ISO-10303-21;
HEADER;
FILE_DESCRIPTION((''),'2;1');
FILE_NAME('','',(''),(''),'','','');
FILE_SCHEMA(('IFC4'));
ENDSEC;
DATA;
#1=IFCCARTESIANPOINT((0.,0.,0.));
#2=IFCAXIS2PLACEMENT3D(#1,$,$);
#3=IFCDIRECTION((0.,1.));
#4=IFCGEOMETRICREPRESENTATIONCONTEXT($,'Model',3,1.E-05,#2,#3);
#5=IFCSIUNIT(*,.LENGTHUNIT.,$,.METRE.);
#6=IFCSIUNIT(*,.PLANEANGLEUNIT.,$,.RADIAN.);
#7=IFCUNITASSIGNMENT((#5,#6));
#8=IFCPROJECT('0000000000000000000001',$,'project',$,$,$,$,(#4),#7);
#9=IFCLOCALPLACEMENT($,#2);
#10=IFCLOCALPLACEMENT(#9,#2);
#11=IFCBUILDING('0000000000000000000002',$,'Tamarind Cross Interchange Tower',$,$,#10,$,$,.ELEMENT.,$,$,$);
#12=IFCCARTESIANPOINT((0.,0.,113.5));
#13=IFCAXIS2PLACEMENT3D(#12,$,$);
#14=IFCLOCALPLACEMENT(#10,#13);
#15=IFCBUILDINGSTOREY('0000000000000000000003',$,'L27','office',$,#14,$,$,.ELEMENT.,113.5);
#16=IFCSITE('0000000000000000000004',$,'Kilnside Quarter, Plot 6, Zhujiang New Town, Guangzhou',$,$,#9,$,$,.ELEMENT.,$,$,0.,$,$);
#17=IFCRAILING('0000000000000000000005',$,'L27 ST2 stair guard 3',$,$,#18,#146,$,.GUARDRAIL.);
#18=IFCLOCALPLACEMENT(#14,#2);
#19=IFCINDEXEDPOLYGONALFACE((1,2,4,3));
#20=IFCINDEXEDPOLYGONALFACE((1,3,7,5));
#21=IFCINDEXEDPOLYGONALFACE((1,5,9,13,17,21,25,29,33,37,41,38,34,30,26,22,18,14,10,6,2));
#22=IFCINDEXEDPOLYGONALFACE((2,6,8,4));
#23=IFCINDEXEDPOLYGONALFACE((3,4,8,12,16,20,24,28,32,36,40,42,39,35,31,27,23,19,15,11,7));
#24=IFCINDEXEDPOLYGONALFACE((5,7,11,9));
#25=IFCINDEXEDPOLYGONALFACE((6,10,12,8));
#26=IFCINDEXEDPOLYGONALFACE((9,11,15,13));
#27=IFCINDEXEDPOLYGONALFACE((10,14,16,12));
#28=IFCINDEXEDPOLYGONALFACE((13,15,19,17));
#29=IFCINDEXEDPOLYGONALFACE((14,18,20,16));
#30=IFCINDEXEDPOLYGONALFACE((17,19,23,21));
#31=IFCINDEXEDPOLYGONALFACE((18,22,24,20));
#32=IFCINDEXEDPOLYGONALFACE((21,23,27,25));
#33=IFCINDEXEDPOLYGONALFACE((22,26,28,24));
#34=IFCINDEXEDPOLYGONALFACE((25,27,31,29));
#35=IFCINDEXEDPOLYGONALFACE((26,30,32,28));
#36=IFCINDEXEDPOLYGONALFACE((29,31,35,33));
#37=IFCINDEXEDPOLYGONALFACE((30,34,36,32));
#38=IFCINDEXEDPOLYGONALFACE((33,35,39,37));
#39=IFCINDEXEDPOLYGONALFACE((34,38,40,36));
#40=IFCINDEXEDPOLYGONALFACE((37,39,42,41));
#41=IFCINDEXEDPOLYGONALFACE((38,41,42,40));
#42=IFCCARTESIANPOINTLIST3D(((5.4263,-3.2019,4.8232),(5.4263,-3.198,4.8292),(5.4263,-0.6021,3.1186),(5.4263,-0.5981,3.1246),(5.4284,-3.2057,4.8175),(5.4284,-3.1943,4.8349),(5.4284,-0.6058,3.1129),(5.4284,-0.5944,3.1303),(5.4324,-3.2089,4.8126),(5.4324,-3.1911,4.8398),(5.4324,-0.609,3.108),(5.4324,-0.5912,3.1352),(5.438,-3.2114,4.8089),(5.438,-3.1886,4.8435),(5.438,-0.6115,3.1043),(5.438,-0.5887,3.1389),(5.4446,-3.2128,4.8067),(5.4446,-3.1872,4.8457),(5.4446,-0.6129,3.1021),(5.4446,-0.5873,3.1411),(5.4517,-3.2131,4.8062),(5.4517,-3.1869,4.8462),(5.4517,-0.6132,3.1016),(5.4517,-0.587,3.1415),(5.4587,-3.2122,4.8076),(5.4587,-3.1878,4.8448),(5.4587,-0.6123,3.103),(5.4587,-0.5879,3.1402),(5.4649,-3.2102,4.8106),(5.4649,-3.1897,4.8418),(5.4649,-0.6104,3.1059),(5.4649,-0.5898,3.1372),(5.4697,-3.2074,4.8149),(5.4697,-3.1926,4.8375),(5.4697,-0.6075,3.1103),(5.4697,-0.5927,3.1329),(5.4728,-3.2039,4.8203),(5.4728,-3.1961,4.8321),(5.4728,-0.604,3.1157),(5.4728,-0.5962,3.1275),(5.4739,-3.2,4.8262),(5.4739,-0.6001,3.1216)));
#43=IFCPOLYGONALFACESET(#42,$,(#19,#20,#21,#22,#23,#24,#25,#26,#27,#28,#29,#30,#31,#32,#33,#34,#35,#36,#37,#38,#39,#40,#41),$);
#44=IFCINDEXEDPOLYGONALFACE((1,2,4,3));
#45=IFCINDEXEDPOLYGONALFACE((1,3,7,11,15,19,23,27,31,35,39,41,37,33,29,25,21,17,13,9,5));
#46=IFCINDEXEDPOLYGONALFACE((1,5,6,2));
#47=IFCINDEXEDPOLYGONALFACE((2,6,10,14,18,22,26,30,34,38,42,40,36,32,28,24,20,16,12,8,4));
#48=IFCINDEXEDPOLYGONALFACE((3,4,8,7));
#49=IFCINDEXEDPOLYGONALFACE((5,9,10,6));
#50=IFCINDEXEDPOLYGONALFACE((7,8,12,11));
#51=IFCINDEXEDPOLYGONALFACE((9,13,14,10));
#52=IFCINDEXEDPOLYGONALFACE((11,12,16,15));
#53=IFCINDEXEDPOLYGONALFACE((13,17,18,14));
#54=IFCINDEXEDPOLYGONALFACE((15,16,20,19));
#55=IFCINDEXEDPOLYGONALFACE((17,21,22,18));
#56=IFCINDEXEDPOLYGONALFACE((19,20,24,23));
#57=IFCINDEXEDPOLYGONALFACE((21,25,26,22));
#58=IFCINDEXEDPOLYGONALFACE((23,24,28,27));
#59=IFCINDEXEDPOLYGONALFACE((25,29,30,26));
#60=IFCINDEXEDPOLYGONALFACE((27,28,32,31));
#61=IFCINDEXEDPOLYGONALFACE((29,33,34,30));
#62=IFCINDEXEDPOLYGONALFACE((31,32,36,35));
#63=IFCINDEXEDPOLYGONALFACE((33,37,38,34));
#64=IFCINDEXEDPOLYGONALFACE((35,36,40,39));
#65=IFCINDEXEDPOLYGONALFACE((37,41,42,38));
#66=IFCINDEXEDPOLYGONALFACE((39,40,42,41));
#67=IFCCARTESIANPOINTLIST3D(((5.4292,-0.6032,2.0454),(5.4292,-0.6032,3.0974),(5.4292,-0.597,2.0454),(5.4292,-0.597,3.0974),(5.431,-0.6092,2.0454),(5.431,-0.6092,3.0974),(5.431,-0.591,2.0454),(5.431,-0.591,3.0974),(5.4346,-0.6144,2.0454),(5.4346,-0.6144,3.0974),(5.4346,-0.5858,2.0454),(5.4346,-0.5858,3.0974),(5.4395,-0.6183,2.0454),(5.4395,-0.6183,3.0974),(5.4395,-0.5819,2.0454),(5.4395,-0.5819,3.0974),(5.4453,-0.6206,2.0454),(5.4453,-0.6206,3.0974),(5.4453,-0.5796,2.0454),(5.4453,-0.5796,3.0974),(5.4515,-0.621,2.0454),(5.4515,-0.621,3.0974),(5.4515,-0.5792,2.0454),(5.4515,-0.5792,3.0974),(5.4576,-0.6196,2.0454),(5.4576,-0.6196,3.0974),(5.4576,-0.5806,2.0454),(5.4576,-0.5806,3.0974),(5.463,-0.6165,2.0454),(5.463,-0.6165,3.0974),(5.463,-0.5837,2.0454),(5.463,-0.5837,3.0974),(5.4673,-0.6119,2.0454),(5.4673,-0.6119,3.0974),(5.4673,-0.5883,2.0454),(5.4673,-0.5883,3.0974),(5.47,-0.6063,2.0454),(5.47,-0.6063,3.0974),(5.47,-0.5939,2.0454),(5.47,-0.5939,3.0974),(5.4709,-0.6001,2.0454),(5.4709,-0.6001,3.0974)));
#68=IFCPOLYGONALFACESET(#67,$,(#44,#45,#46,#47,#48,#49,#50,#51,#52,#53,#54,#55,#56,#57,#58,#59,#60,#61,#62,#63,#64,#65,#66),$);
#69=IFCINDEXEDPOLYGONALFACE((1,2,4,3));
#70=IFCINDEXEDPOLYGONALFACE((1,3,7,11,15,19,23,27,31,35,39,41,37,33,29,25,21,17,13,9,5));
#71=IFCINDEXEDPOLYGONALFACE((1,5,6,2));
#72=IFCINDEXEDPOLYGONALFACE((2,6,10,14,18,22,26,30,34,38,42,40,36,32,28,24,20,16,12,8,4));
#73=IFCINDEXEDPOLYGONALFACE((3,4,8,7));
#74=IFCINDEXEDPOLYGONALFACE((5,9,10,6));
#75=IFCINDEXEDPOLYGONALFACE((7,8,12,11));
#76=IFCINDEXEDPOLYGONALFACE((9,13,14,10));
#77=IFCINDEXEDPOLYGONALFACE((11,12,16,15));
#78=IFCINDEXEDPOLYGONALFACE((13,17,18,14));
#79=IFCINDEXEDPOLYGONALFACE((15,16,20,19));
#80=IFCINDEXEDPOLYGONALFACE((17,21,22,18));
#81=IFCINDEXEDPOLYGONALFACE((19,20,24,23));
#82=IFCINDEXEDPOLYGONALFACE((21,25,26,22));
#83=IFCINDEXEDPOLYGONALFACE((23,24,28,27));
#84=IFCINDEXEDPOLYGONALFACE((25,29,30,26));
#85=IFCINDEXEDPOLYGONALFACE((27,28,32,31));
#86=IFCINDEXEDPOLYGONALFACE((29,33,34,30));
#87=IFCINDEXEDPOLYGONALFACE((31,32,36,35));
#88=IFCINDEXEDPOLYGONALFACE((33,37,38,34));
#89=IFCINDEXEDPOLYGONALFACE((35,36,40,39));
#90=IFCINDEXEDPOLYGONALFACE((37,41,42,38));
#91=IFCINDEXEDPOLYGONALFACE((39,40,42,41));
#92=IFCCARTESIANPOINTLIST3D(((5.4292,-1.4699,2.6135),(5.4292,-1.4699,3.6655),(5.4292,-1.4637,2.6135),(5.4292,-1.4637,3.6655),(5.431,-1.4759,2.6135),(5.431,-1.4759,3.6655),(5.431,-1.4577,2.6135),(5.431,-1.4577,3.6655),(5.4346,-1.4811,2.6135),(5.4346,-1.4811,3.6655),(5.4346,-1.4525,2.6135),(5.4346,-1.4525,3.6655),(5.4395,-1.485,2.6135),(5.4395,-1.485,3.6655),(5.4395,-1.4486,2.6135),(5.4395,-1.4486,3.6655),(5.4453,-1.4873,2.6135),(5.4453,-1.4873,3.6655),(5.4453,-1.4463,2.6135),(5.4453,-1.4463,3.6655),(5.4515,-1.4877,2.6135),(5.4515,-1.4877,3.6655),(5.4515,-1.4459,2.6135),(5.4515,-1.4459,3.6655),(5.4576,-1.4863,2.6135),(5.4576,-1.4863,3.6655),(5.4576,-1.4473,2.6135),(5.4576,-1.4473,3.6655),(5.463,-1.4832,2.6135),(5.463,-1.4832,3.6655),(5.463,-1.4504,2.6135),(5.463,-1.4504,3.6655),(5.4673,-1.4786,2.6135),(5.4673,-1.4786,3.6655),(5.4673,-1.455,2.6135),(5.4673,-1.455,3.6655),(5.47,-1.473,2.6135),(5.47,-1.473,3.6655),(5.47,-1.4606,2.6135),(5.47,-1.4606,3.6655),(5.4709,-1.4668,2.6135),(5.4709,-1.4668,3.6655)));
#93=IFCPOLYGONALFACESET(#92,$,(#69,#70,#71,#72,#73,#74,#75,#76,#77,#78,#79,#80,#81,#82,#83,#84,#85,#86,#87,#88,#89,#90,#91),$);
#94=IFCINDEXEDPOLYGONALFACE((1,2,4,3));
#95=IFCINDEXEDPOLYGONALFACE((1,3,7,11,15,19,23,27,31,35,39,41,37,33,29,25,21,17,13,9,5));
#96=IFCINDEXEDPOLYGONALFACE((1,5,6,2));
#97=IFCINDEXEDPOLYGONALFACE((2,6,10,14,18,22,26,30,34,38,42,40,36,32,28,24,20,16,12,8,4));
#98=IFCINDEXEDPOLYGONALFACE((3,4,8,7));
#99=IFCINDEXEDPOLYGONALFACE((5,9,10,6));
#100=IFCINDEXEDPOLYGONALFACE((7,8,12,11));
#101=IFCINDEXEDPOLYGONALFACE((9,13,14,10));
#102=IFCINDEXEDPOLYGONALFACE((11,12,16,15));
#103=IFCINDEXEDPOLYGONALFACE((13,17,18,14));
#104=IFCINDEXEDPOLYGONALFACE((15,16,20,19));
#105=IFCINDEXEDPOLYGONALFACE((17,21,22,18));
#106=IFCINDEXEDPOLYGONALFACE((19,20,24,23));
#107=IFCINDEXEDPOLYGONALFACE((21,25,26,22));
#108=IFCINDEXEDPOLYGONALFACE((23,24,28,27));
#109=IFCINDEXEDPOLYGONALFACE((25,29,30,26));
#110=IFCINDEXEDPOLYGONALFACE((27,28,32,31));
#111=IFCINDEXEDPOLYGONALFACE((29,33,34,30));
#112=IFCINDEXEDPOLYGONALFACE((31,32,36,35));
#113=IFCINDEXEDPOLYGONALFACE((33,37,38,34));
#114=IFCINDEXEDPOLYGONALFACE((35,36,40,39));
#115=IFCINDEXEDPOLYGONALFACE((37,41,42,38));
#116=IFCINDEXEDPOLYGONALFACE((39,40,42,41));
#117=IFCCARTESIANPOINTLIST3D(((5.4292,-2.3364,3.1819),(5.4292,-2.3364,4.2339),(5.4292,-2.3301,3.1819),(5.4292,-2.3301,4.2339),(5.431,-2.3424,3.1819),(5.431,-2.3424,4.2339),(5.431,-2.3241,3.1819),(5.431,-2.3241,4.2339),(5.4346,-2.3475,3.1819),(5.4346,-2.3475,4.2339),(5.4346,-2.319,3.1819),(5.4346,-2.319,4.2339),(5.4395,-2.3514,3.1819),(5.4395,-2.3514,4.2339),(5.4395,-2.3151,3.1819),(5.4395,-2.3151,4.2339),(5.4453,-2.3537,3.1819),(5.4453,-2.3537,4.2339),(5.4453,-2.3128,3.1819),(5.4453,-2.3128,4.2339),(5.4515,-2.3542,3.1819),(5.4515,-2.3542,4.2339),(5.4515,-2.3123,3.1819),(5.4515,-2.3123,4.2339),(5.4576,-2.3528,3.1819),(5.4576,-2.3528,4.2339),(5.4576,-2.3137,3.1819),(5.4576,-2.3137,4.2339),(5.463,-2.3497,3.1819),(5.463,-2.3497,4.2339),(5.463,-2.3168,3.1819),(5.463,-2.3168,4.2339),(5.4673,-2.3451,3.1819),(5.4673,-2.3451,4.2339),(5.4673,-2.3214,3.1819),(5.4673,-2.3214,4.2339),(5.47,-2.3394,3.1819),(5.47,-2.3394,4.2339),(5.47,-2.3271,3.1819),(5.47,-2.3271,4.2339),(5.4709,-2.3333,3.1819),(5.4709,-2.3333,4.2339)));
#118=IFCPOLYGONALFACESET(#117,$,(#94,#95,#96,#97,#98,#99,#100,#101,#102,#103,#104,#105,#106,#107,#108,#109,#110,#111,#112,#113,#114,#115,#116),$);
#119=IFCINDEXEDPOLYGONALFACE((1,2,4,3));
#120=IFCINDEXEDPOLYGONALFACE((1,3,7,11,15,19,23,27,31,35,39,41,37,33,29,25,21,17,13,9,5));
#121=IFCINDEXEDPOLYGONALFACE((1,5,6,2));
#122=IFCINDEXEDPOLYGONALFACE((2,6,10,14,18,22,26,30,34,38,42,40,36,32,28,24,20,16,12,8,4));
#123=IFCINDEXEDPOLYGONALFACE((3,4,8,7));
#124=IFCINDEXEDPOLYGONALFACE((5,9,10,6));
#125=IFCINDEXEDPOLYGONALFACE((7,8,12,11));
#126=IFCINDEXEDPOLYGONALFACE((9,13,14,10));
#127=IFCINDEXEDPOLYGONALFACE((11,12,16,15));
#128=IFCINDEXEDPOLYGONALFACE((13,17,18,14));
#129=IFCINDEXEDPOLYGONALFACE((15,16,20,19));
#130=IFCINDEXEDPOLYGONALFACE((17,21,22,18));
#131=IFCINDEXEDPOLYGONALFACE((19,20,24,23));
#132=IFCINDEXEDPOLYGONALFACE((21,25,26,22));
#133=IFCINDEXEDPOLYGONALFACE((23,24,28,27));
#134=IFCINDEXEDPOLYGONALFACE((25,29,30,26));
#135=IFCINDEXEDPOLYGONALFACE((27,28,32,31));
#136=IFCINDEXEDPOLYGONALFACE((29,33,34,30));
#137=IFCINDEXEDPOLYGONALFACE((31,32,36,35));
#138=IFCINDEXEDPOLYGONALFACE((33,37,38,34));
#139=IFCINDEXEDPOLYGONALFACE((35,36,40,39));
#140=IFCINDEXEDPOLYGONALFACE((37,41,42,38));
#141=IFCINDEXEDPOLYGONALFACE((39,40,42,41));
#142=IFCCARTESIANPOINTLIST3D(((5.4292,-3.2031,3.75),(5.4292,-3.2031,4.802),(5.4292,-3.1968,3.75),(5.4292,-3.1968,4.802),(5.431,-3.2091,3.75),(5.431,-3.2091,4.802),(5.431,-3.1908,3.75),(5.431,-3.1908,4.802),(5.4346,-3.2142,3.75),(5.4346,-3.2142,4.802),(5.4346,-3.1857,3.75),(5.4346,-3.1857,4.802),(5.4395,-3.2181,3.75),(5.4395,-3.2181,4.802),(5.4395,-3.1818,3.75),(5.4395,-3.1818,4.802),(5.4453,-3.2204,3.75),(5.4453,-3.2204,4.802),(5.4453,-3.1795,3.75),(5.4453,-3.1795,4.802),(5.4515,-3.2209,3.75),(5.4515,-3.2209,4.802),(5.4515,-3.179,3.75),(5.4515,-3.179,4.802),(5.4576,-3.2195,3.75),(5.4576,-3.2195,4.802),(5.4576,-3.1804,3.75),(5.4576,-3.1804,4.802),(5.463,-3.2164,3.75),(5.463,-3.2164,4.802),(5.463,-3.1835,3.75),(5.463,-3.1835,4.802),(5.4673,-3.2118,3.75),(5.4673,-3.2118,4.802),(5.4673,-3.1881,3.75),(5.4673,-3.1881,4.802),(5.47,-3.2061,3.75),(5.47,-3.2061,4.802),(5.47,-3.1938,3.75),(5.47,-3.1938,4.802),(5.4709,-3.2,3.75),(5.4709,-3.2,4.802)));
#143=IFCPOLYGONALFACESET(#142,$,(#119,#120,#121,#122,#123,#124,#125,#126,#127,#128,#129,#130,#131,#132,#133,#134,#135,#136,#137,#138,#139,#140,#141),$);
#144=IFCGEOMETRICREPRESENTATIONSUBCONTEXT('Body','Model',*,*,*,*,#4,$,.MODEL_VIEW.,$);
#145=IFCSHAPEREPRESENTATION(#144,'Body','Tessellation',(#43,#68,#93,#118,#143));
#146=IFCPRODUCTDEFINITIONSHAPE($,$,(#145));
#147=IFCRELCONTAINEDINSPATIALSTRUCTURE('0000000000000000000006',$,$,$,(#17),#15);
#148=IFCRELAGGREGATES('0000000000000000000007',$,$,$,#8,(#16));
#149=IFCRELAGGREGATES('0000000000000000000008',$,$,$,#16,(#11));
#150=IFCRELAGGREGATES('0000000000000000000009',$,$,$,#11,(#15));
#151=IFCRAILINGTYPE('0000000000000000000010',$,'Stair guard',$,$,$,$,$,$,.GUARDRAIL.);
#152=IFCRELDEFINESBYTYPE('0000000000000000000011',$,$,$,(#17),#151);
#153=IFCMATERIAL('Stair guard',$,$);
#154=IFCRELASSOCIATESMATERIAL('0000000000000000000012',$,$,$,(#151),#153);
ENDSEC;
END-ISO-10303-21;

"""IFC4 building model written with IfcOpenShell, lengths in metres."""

from ifc_helpers import new_model, si_unit, direction, frame, origin, origin_2d, place, context, subcontext, project, spatial, circle, extrude, material, type_object, element, save


model = new_model("IFC4")

# Units and contexts
model_context = context("Model", 3, precision=1e-05, world=origin(), true_north=direction((0.0, 1.0)))
body_context = subcontext(model_context, "Body", "Model", "MODEL_VIEW")
ifc_project = project(units=[si_unit("LENGTHUNIT", "METRE"), si_unit("PLANEANGLEUNIT", "RADIAN")], contexts=[model_context])

# Site, building, storey
site_placement = place(None, origin())
site = spatial("IfcSite", under=ifc_project, at=site_placement, Name="Kilnside Quarter, Plot 6, Zhujiang New Town, Guangzhou", CompositionType="ELEMENT", RefElevation=0.0)
building_placement = place(site_placement, origin())
building = spatial("IfcBuilding", under=site, at=building_placement, Name="Tamarind Cross Interchange Tower", CompositionType="ELEMENT")
storey_placement = place(building_placement, frame((0.0, 0.0, 113.5)))
storey = spatial("IfcBuildingStorey", under=building, at=storey_placement, Name="L27", Description="office", CompositionType="ELEMENT", Elevation=113.5)

# Railing
ifc_material_1 = material(Name="Stair guard")
railing_type_1 = type_object("IfcRailingType", Name="Stair guard", PredefinedType="GUARDRAIL", material=ifc_material_1)
railing_1_placement = place(storey_placement, frame((5.45, -0.6001, 2.0454)))
element("IfcRailing", 1, at=railing_1_placement, inside=storey, type_object=railing_type_1, Name="L27 ST2 stair guard 3", PredefinedType="GUARDRAIL", context=body_context, shape_type="SweptSolid", body=[
    extrude(circle(Radius=0.0239, at=origin_2d()), frame((0.0, 0.0, 1.0762), z_axis=(0.0, -0.836279, 0.548305), x_axis=(1.0, 0.0, 0.0)), (0.0, 0.0, 1.0), 3.1089),
    extrude(circle(Radius=0.021, at=origin_2d()), origin(), (0.0, 0.0, 1.0), 1.052),
    extrude(circle(Radius=0.021, at=origin_2d()), frame((0.0, -0.8667, 0.5681)), (0.0, 0.0, 1.0), 1.052),
    extrude(circle(Radius=0.021, at=origin_2d()), frame((0.0, -1.7332, 1.1365)), (0.0, 0.0, 1.0), 1.052),
    extrude(circle(Radius=0.021, at=origin_2d()), frame((0.0, -2.5999, 1.7046)), (0.0, 0.0, 1.0), 1.052),
])

save(model, "model.ifc")
